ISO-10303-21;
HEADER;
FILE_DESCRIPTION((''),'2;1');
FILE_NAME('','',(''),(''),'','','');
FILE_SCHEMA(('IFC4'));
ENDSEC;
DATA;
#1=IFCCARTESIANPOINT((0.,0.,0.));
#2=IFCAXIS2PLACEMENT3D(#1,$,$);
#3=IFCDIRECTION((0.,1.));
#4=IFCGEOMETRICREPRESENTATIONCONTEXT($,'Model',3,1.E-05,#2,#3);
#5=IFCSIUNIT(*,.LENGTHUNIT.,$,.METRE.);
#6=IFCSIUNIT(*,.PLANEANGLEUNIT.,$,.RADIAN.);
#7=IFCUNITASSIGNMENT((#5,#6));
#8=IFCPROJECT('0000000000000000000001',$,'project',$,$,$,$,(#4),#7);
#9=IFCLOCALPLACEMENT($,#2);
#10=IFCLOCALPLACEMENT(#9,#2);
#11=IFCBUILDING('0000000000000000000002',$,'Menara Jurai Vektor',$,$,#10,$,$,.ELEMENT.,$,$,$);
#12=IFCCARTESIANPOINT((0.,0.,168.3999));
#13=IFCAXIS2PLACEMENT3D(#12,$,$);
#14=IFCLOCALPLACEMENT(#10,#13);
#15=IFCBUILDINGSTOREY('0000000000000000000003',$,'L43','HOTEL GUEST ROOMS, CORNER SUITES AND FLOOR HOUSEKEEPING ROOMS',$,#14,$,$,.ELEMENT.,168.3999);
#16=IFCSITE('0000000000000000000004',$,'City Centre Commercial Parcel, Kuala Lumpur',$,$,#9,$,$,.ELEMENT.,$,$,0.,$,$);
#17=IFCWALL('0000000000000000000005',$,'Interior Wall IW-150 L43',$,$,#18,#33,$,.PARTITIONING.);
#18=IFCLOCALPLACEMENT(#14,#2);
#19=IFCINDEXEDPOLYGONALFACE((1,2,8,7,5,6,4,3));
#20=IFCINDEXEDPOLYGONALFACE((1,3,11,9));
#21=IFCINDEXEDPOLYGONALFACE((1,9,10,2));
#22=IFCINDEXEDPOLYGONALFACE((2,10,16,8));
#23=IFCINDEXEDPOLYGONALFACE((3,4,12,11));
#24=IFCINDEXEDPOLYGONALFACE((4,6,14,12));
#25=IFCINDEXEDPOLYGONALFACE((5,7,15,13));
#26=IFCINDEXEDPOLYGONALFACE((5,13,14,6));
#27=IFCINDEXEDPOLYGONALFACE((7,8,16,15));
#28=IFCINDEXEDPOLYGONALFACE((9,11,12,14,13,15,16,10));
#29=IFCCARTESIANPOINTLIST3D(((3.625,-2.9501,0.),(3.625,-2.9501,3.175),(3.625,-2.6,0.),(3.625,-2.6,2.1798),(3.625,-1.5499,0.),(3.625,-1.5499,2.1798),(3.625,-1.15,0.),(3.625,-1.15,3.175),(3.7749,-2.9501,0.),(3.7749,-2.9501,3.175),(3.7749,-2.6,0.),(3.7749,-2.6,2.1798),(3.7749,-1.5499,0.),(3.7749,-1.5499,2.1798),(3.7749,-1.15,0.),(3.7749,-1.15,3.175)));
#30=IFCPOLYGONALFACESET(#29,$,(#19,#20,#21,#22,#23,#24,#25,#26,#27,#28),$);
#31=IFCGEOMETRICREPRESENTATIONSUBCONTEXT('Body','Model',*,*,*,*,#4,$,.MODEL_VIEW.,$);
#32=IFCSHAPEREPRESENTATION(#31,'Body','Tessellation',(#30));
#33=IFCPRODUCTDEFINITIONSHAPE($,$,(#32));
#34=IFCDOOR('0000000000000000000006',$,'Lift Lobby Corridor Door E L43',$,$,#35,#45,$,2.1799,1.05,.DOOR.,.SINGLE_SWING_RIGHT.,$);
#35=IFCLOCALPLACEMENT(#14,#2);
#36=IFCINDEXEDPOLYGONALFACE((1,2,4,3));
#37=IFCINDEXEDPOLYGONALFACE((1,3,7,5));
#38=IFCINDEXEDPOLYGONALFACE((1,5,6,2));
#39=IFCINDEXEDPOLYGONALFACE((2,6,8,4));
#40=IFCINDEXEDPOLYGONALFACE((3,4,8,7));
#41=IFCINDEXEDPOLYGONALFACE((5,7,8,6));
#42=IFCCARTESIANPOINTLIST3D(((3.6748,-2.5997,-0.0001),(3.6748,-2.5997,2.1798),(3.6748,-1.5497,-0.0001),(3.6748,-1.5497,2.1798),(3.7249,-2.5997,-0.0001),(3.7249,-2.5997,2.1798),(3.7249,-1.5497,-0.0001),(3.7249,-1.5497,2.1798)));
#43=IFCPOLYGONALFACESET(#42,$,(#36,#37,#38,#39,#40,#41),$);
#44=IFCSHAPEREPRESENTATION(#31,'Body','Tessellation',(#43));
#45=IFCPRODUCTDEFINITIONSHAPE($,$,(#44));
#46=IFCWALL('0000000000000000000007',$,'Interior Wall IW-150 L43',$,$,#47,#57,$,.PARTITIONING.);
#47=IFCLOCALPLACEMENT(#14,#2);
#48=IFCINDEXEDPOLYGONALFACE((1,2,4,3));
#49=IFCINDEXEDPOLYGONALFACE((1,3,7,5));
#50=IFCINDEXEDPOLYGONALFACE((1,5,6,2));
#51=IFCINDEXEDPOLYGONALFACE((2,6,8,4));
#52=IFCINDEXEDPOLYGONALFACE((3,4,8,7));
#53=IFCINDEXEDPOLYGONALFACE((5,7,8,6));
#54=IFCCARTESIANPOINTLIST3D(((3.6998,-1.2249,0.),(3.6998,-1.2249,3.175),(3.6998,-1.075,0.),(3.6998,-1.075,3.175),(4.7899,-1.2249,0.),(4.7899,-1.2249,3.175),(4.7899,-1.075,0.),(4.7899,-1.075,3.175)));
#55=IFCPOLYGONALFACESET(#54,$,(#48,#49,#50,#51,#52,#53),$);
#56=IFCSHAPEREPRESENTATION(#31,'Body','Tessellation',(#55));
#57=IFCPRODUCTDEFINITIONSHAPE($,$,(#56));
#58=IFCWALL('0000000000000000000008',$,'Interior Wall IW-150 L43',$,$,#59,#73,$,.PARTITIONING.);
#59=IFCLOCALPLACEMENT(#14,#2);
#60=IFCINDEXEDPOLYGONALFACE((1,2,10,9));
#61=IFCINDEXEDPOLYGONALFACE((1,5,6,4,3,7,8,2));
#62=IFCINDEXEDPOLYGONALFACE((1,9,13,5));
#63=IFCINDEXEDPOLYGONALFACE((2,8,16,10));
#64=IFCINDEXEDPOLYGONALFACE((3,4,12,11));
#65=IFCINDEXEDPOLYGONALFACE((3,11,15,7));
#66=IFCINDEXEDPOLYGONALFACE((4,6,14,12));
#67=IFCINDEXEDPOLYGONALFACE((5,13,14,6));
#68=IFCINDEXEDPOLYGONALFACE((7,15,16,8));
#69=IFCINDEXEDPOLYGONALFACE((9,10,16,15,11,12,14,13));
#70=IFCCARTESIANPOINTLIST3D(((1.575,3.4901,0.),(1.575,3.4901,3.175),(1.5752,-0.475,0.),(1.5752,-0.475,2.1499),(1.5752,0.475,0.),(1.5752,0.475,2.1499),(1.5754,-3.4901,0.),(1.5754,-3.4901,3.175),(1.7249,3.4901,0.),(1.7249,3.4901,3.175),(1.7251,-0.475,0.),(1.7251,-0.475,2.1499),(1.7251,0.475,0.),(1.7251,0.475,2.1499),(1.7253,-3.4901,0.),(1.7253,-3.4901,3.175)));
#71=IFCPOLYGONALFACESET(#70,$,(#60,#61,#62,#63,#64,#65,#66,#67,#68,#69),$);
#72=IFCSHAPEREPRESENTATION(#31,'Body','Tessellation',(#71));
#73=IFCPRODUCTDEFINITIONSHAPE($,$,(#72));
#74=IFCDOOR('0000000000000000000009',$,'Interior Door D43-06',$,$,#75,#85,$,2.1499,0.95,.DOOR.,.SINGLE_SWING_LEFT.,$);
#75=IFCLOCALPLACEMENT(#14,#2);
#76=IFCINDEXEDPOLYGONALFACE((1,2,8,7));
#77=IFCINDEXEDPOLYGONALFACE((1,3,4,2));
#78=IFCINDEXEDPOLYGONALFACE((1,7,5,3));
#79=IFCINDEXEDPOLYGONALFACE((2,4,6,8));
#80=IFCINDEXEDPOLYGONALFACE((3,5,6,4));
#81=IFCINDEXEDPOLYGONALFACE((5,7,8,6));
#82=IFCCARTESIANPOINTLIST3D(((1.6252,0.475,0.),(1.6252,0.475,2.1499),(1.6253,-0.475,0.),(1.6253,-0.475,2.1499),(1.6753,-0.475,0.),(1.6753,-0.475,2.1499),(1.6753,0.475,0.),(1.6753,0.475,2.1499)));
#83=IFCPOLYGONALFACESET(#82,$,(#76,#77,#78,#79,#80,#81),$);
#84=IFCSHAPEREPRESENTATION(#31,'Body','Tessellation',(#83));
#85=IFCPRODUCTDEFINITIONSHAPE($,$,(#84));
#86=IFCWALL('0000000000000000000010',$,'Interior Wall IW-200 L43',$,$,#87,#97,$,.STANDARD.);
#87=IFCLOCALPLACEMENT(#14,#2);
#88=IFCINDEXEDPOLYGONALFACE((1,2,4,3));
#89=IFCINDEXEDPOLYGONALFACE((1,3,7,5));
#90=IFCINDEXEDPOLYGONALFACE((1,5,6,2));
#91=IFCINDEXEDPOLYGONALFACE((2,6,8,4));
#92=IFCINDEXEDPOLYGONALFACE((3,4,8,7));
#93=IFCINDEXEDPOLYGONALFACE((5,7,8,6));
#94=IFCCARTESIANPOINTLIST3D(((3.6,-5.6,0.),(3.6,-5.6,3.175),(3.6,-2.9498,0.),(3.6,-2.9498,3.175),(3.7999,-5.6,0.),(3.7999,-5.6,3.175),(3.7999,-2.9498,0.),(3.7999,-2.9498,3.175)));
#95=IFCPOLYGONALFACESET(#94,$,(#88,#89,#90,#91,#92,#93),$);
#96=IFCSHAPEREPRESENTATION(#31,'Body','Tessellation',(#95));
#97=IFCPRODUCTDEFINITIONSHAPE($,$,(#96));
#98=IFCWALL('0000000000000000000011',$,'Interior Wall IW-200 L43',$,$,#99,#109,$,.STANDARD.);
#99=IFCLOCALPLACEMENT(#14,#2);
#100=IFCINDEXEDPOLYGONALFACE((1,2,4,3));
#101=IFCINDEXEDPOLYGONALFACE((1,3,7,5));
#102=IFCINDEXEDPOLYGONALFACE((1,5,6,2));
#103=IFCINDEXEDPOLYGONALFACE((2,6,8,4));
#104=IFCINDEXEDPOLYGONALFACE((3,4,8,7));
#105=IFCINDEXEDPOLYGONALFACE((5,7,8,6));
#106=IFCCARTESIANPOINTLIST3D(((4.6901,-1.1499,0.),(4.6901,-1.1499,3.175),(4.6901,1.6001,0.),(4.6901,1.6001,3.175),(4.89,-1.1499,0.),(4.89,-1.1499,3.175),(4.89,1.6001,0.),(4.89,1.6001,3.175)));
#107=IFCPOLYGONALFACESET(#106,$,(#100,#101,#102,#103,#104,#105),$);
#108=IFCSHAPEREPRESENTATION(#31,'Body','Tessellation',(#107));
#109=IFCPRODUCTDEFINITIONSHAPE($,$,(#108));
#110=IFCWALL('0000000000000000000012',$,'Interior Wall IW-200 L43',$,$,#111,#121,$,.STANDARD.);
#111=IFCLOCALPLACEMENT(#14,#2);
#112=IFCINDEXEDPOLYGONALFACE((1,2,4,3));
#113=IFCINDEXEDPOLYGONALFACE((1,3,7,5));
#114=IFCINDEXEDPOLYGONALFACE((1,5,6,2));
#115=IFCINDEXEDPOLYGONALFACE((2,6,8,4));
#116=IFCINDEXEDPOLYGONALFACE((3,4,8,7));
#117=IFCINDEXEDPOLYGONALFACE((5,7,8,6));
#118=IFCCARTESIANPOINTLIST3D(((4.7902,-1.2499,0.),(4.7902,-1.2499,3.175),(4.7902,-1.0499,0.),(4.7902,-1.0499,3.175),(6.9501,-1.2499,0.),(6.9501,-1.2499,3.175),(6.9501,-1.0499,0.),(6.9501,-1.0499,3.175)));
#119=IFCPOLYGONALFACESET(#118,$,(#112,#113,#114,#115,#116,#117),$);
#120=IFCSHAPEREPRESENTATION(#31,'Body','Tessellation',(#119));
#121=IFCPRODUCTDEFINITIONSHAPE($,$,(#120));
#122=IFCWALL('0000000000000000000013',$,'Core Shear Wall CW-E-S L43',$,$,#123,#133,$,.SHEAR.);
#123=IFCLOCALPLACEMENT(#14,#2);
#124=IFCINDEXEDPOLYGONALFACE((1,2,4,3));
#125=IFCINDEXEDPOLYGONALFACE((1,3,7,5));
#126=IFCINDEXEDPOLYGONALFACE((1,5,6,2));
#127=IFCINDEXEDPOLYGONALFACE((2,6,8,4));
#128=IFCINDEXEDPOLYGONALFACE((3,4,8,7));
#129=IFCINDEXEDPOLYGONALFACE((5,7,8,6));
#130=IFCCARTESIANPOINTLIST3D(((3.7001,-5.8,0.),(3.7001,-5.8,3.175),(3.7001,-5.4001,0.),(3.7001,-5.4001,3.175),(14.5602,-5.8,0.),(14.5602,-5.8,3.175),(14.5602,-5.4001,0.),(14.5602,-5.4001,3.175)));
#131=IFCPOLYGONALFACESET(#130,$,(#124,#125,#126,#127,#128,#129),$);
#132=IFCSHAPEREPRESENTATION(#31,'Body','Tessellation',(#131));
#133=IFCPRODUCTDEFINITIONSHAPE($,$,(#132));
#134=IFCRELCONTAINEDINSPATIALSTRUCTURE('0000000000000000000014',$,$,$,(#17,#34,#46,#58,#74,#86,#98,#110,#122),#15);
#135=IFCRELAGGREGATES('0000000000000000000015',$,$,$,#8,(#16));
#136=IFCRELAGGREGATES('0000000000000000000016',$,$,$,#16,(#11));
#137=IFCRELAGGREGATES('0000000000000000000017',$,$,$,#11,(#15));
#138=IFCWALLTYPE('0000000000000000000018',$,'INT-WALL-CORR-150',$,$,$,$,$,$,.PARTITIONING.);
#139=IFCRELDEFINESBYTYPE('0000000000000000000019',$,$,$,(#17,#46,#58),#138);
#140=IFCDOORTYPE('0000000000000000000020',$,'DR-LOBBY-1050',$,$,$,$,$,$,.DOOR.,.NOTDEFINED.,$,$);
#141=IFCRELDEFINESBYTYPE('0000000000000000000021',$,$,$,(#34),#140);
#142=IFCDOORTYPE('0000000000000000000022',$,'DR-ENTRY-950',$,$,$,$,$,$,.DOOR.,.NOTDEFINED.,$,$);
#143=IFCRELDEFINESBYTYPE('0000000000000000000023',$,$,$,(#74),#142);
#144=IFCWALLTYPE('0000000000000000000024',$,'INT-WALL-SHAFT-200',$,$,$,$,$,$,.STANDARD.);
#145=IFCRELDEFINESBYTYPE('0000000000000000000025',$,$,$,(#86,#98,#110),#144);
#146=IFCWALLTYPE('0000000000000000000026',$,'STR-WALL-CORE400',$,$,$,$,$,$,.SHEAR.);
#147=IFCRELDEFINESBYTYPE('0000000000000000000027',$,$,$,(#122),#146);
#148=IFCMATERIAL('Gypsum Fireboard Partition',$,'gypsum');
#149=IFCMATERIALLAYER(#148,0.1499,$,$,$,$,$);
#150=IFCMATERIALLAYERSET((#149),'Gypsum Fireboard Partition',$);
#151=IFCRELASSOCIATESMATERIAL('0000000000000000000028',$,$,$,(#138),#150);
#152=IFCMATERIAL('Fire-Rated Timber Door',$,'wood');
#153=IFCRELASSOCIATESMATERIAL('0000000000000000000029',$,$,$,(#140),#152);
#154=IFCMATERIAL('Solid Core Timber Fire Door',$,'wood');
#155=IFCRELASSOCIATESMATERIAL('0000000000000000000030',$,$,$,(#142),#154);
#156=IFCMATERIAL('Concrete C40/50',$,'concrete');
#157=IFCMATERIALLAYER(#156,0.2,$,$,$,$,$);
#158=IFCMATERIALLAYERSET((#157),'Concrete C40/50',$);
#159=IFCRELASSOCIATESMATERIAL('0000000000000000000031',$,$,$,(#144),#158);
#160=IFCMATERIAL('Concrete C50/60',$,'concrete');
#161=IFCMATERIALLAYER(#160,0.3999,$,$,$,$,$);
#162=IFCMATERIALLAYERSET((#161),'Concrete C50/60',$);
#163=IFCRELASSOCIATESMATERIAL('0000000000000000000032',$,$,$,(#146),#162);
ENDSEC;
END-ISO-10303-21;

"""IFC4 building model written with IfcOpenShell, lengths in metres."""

from ifc_helpers import new_model, si_unit, direction, frame, frame_2d, origin, place, context, subcontext, project, spatial, rectangle, extrude, material, layer, layer_set, type_object, element, fill, save


model = new_model("IFC4")

# Units and contexts
model_context = context("Model", 3, precision=1e-05, world=origin(), true_north=direction((0.0, 1.0)))
body_context = subcontext(model_context, "Body", "Model", "MODEL_VIEW")
ifc_project = project(units=[si_unit("LENGTHUNIT", "METRE"), si_unit("PLANEANGLEUNIT", "RADIAN")], contexts=[model_context])

# Site, building, storey
site_placement = place(None, origin())
site = spatial("IfcSite", under=ifc_project, at=site_placement, Name="City Centre Commercial Parcel, Kuala Lumpur", CompositionType="ELEMENT", RefElevation=0.0)
building_placement = place(site_placement, origin())
building = spatial("IfcBuilding", under=site, at=building_placement, Name="Menara Jurai Vektor", CompositionType="ELEMENT")
storey_placement = place(building_placement, frame((0.0, 0.0, 168.3999)))
storey = spatial("IfcBuildingStorey", under=building, at=storey_placement, Name="L43", Description="HOTEL GUEST ROOMS, CORNER SUITES AND FLOOR HOUSEKEEPING ROOMS", CompositionType="ELEMENT", Elevation=168.3999)

# Shared definitions
ifc_material_1 = material(Name="Concrete C50/60", Category="concrete")

# Shared definitions
ifc_material_2 = material(Name="Concrete C40/50", Category="concrete")

# Wall, opening, door
ifc_material_3 = material(Name="Gypsum Fireboard Partition", Category="gypsum")
ifc_layer_1 = layer(ifc_material_3, 0.1499)
ifc_layer_set_1 = layer_set([ifc_layer_1], Name="Gypsum Fireboard Partition")
wall_type_1 = type_object("IfcWallType", Name="INT-WALL-CORR-150", PredefinedType="PARTITIONING", material=ifc_layer_set_1)
wall_1_placement = place(storey_placement, frame((3.7, -2.95, 0.0), z_axis=(0.0, 0.0, 1.0), x_axis=(0.0, 1.0, 0.0)))
wall_1 = element("IfcWall", 1, at=wall_1_placement, inside=storey, type_object=wall_type_1, Name="Interior Wall IW-150 L43", PredefinedType="PARTITIONING", context=body_context, shape_type="SweptSolid", body=[
    extrude(rectangle(XDim=1.8, YDim=0.1499, at=frame_2d((0.8999, 0.0))), origin(), (0.0, 0.0, 1.0), 3.175),
])
opening_1_placement = place(wall_1_placement, frame((0.3501, 0.0, 0.0)))
opening_1 = element("IfcOpeningElement", 2, at=opening_1_placement, cuts=wall_1, PredefinedType="OPENING", context=body_context, shape_type="SweptSolid", body=[
    extrude(rectangle(XDim=1.05, YDim=2.1799, at=frame_2d((0.5249, 1.0898))), frame((0.0, 0.085, 0.0), z_axis=(0.0, -1.0, 0.0), x_axis=(1.0, 0.0, 0.0)), (0.0, 0.0, 1.0), 0.1699),
])
ifc_material_4 = material(Name="Fire-Rated Timber Door", Category="wood")
door_type_1 = type_object("IfcDoorType", Name="DR-LOBBY-1050", OperationType="NOTDEFINED", PredefinedType="DOOR", material=ifc_material_4)
door_1_placement = place(opening_1_placement, frame((1.05, 0.0, 0.0), z_axis=(0.0, 0.0, 1.0), x_axis=(-1.0, 0.0, 0.0)))
door_1 = element("IfcDoor", 3, at=door_1_placement, inside=storey, type_object=door_type_1, Name="Lift Lobby Corridor Door E L43", OperationType="SINGLE_SWING_RIGHT", OverallHeight=2.1799, OverallWidth=1.05, PredefinedType="DOOR", context=body_context, shape_type="SweptSolid", body=[
    extrude(rectangle(XDim=1.05, YDim=2.1799, at=frame_2d((0.5249, 1.0898))), frame((0.0, 0.0249, 0.0), z_axis=(0.0, -1.0, 0.0), x_axis=(1.0, 0.0, 0.0)), (0.0, 0.0, 1.0), 0.05),
])
fill(opening_1, door_1)

# Wall
wall_2_placement = place(storey_placement, frame((3.7, -1.1499, 0.0), z_axis=(0.0, 0.0, 1.0), x_axis=(1.0, 0.0, 0.0)))
element("IfcWall", 4, at=wall_2_placement, inside=storey, type_object=wall_type_1, Name="Interior Wall IW-150 L43", PredefinedType="PARTITIONING", context=body_context, shape_type="SweptSolid", body=[
    extrude(rectangle(XDim=1.0901, YDim=0.1499, at=frame_2d((0.5449, 0.0))), origin(), (0.0, 0.0, 1.0), 3.175),
])

# Wall, opening, door
wall_3_placement = place(storey_placement, frame((1.6504, -3.4902, 0.0), z_axis=(0.0, 0.0, 1.0), x_axis=(-0.00007, 1.0, 0.0)))
wall_3 = element("IfcWall", 5, at=wall_3_placement, inside=storey, type_object=wall_type_1, Name="Interior Wall IW-150 L43", PredefinedType="PARTITIONING", context=body_context, shape_type="SweptSolid", body=[
    extrude(rectangle(XDim=6.9802, YDim=0.1499, at=frame_2d((3.4902, 0.0))), origin(), (0.0, 0.0, 1.0), 3.175),
])
opening_2_placement = place(wall_3_placement, frame((3.0151, 0.0, 0.0)))
opening_2 = element("IfcOpeningElement", 6, at=opening_2_placement, cuts=wall_3, PredefinedType="OPENING", context=body_context, shape_type="SweptSolid", body=[
    extrude(rectangle(XDim=0.95, YDim=2.1499, at=frame_2d((0.4751, 1.075))), frame((0.0, 0.085, 0.0), z_axis=(0.0, -1.0, 0.0), x_axis=(1.0, 0.0, 0.0)), (0.0, 0.0, 1.0), 0.1699),
])
ifc_material_5 = material(Name="Solid Core Timber Fire Door", Category="wood")
door_type_2 = type_object("IfcDoorType", Name="DR-ENTRY-950", OperationType="NOTDEFINED", PredefinedType="DOOR", material=ifc_material_5)
door_2_placement = place(opening_2_placement, origin())
door_2 = element("IfcDoor", 7, at=door_2_placement, inside=storey, type_object=door_type_2, Name="Interior Door D43-06", OperationType="SINGLE_SWING_LEFT", OverallHeight=2.1499, OverallWidth=0.95, PredefinedType="DOOR", context=body_context, shape_type="SweptSolid", body=[
    extrude(rectangle(XDim=0.95, YDim=2.1499, at=frame_2d((0.4751, 1.075))), frame((0.0, 0.0249, 0.0), z_axis=(0.0, -1.0, 0.0), x_axis=(1.0, 0.0, 0.0)), (0.0, 0.0, 1.0), 0.05),
])
fill(opening_2, door_2)

# Shared definitions
ifc_layer_2 = layer(ifc_material_2, 0.2)
ifc_layer_set_2 = layer_set([ifc_layer_2], Name="Concrete C40/50")
wall_type_2 = type_object("IfcWallType", Name="INT-WALL-SHAFT-200", PredefinedType="STANDARD", material=ifc_layer_set_2)

# Walls
wall_4_placement = place(storey_placement, frame((3.7, -5.6001, 0.0), z_axis=(0.0, 0.0, 1.0), x_axis=(0.0, 1.0, 0.0)))
element("IfcWall", 8, at=wall_4_placement, inside=storey, type_object=wall_type_2, Name="Interior Wall IW-200 L43", PredefinedType="STANDARD", context=body_context, shape_type="SweptSolid", body=[
    extrude(rectangle(XDim=2.6501, YDim=0.2, at=frame_2d((1.3252, 0.0))), origin(), (0.0, 0.0, 1.0), 3.175),
])
wall_5_placement = place(storey_placement, frame((4.79, -1.1499, 0.0), z_axis=(0.0, 0.0, 1.0), x_axis=(0.0, 1.0, 0.0)))
element("IfcWall", 9, at=wall_5_placement, inside=storey, type_object=wall_type_2, Name="Interior Wall IW-200 L43", PredefinedType="STANDARD", context=body_context, shape_type="SweptSolid", body=[
    extrude(rectangle(XDim=2.75, YDim=0.2, at=frame_2d((1.375, 0.0))), origin(), (0.0, 0.0, 1.0), 3.175),
])
wall_6_placement = place(storey_placement, frame((4.79, -1.1499, 0.0), z_axis=(0.0, 0.0, 1.0), x_axis=(1.0, 0.0, 0.0)))
element("IfcWall", 10, at=wall_6_placement, inside=storey, type_object=wall_type_2, Name="Interior Wall IW-200 L43", PredefinedType="STANDARD", context=body_context, shape_type="SweptSolid", body=[
    extrude(rectangle(XDim=2.1599, YDim=0.2, at=frame_2d((1.0801, 0.0))), origin(), (0.0, 0.0, 1.0), 3.175),
])

# Wall
ifc_layer_3 = layer(ifc_material_1, 0.3999)
ifc_layer_set_3 = layer_set([ifc_layer_3], Name="Concrete C50/60")
wall_type_3 = type_object("IfcWallType", Name="STR-WALL-CORE400", PredefinedType="SHEAR", material=ifc_layer_set_3)
wall_7_placement = place(storey_placement, frame((3.7, -5.6001, 0.0), z_axis=(0.0, 0.0, 1.0), x_axis=(1.0, 0.0, 0.0)))
element("IfcWall", 11, at=wall_7_placement, inside=storey, type_object=wall_type_3, Name="Core Shear Wall CW-E-S L43", PredefinedType="SHEAR", context=body_context, shape_type="SweptSolid", body=[
    extrude(rectangle(XDim=10.8601, YDim=0.3999, at=frame_2d((5.4302, 0.0))), origin(), (0.0, 0.0, 1.0), 3.175),
])

save(model, "model.ifc")
